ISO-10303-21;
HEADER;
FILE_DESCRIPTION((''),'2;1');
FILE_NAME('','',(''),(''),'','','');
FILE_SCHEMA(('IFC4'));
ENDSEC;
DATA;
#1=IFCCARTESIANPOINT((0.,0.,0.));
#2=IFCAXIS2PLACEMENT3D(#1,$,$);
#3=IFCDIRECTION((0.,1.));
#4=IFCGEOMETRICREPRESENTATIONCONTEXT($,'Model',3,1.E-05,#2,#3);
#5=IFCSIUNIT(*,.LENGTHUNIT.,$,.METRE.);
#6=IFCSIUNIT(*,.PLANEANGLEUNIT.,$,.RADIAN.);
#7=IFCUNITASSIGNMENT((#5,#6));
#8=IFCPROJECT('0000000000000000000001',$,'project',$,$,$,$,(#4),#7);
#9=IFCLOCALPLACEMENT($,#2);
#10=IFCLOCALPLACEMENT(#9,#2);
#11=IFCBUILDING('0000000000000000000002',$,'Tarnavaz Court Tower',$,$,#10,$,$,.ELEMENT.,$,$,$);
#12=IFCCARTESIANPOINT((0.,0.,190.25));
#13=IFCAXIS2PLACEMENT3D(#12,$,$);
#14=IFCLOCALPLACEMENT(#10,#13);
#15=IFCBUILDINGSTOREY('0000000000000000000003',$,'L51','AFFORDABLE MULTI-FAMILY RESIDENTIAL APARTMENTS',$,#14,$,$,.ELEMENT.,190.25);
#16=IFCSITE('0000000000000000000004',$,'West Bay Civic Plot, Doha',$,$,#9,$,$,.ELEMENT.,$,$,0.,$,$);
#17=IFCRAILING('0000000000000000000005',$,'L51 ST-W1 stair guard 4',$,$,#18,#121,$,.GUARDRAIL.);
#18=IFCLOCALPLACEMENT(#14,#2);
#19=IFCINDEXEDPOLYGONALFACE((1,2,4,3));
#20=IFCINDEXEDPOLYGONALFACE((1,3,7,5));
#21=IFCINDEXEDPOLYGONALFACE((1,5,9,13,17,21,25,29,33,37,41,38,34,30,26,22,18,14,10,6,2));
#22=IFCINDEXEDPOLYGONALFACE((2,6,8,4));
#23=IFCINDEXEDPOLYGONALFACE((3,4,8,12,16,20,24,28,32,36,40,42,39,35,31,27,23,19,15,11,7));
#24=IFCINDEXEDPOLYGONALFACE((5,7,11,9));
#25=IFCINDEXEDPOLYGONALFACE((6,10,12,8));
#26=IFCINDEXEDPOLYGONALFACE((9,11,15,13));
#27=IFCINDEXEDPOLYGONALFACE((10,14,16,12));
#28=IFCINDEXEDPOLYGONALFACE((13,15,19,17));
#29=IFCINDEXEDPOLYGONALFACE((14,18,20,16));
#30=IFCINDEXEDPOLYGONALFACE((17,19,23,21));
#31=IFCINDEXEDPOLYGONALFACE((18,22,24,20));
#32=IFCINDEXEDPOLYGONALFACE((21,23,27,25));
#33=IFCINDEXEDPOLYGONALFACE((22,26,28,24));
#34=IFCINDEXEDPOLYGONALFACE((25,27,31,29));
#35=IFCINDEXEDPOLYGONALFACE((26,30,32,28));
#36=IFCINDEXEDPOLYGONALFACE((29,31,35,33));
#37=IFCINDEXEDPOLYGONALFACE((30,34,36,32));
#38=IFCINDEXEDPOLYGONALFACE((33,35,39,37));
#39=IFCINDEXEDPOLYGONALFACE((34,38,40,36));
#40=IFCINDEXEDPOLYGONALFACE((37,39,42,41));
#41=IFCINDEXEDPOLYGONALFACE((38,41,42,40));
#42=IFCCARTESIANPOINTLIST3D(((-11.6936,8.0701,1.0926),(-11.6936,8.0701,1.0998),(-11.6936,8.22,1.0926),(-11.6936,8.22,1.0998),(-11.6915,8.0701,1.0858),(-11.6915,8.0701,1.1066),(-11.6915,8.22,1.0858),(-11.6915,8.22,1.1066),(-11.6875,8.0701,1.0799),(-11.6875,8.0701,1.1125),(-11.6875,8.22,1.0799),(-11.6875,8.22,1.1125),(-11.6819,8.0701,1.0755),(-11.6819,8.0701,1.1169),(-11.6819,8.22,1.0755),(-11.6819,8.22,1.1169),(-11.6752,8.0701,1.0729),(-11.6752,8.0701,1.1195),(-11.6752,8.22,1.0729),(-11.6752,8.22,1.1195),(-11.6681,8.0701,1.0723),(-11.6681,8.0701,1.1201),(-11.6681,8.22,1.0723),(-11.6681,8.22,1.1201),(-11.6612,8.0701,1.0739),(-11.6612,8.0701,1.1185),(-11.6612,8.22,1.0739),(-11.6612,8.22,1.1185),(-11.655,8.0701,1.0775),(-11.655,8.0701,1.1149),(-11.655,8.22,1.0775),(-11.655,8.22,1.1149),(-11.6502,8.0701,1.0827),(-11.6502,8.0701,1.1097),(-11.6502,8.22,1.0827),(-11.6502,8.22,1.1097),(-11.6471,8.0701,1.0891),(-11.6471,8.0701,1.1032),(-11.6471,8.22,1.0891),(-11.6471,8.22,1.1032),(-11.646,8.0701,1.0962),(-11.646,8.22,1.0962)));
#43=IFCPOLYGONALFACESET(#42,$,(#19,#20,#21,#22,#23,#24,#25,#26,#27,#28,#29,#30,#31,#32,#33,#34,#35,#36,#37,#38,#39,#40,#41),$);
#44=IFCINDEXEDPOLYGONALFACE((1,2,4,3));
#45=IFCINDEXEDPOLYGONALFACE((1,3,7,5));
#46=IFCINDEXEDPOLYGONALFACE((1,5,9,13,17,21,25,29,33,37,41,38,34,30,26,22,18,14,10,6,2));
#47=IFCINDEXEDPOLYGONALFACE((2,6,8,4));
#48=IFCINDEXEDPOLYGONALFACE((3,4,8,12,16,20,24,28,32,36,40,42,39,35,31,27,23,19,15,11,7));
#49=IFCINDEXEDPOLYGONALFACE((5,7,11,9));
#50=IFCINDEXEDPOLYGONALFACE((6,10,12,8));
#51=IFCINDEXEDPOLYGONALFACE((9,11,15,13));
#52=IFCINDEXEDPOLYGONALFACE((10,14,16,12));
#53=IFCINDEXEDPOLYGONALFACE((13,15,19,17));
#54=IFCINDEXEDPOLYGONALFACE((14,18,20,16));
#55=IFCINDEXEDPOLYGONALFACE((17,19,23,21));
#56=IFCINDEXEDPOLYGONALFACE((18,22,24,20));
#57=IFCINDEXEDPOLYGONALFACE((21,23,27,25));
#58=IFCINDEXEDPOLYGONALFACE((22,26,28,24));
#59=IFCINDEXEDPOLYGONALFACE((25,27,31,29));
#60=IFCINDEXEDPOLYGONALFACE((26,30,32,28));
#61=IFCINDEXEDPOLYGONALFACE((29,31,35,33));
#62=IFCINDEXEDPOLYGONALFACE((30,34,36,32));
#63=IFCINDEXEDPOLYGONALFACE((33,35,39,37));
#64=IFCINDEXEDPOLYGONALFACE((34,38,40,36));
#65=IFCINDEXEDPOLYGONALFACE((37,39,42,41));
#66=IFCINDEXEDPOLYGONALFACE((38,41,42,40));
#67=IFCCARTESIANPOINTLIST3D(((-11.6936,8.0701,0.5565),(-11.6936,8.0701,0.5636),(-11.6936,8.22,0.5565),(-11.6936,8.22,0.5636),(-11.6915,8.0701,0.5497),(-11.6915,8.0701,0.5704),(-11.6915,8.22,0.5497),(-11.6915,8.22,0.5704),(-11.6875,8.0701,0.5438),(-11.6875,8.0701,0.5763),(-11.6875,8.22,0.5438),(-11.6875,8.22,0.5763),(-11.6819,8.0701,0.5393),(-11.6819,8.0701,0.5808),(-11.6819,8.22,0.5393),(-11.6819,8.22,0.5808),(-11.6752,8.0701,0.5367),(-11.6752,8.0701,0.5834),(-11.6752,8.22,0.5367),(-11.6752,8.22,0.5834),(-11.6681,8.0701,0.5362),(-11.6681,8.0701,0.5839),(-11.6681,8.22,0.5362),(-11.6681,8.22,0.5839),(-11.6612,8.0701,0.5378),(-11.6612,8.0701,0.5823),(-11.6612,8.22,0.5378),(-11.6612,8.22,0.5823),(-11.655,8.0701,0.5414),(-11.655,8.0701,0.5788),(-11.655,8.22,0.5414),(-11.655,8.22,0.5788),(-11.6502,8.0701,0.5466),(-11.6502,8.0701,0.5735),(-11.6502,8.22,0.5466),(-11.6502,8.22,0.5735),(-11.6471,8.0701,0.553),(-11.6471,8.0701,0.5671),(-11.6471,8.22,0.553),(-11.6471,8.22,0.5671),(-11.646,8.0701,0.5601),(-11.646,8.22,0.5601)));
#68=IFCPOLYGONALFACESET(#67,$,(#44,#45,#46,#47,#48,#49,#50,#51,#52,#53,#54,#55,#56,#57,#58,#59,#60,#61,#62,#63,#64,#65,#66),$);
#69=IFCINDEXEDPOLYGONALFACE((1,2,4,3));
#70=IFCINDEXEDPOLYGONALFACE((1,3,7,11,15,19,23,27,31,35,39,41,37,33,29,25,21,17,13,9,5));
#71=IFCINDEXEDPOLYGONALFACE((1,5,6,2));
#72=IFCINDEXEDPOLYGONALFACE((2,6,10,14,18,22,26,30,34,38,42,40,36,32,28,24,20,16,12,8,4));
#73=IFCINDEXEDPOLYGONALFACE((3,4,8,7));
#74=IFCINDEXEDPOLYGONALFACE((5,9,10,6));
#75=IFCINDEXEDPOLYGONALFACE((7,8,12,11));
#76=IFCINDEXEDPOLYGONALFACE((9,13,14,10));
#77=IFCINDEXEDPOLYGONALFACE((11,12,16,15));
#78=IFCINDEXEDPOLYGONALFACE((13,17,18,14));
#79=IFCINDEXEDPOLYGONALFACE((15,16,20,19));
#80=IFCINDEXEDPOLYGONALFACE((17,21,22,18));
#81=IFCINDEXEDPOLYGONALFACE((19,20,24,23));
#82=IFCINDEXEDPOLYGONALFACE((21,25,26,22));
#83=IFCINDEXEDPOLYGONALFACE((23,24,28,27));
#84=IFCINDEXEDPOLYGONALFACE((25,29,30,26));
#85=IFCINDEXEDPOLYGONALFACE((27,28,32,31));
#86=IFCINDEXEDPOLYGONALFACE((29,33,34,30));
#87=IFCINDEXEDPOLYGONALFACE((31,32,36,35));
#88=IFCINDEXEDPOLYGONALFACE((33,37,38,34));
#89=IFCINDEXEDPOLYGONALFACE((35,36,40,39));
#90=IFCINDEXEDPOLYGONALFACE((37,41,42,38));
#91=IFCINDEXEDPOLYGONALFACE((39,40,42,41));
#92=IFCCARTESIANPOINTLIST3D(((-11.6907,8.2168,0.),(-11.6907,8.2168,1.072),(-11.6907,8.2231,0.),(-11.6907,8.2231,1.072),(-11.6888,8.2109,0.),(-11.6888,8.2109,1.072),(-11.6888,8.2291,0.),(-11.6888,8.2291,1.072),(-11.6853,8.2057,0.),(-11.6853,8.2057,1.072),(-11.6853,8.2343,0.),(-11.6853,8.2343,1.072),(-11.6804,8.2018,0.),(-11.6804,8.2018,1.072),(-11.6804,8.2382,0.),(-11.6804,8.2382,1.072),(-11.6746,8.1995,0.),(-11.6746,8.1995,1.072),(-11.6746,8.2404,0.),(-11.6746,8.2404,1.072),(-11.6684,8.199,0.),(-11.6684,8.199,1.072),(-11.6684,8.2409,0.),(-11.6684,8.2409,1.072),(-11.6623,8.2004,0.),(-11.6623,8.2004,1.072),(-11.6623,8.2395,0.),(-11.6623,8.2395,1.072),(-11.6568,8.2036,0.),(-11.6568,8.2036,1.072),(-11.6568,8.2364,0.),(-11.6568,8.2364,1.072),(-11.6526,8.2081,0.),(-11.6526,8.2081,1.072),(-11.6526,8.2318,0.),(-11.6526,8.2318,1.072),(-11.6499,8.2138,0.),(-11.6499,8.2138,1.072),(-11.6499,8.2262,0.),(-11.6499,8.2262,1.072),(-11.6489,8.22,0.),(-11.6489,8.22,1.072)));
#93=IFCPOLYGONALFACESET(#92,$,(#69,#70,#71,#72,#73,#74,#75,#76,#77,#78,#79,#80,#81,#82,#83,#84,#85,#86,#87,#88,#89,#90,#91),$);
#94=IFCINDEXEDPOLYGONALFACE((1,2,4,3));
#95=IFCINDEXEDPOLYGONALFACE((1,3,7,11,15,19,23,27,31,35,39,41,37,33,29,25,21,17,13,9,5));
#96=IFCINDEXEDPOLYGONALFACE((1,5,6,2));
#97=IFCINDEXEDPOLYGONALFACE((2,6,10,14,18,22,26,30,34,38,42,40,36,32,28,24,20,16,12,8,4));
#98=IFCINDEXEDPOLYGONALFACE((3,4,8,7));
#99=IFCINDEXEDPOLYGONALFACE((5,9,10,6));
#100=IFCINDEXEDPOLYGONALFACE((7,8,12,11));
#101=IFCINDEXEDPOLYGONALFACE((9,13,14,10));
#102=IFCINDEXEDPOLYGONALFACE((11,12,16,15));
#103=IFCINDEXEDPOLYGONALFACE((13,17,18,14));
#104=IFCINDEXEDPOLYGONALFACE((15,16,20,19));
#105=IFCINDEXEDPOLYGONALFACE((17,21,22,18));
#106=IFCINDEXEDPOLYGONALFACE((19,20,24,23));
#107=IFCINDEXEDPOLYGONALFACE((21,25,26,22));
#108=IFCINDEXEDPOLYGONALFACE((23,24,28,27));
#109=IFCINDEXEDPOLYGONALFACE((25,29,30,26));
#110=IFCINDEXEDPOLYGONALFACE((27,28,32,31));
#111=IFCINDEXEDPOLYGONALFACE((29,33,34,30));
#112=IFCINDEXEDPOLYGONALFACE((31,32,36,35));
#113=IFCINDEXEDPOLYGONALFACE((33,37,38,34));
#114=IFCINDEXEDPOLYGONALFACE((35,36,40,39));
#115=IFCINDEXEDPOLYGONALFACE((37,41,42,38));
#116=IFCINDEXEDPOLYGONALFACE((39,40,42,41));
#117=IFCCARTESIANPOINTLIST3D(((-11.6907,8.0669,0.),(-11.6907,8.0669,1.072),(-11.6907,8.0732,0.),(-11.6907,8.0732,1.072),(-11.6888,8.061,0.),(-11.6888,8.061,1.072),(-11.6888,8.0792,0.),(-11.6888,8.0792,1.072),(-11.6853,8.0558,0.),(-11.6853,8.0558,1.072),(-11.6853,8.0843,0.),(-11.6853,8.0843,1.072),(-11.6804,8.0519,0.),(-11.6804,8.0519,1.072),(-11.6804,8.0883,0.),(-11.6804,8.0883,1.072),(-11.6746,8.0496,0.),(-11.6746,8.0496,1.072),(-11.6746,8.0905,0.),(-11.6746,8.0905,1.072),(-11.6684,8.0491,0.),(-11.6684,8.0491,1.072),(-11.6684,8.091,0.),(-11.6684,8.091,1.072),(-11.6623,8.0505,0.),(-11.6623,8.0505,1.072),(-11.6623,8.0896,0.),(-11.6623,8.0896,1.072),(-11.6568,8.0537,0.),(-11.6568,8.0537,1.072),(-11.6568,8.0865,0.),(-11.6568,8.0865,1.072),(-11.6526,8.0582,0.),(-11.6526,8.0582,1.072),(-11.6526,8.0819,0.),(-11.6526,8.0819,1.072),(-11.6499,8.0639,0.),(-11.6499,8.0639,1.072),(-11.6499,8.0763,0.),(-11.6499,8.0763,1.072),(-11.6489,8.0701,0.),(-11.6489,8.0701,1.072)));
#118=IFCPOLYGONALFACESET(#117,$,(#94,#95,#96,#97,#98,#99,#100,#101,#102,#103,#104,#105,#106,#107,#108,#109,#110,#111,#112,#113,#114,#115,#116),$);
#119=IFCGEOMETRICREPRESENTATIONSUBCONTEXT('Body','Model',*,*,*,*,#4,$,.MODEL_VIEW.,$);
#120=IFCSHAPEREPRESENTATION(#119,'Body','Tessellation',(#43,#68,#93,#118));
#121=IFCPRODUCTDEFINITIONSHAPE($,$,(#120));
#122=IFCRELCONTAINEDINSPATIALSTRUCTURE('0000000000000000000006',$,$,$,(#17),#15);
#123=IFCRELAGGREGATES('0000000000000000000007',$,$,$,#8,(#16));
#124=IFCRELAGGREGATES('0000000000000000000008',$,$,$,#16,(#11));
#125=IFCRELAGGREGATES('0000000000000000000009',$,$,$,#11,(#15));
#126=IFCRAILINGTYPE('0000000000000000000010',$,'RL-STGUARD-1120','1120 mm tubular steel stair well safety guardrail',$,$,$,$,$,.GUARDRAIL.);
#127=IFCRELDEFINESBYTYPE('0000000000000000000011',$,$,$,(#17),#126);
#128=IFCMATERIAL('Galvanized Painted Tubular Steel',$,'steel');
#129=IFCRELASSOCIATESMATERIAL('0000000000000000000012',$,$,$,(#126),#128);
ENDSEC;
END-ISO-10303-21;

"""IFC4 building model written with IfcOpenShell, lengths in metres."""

from ifc_helpers import new_model, si_unit, direction, frame, origin, origin_2d, place, context, subcontext, project, spatial, circle, extrude, material, type_object, element, save


model = new_model("IFC4")

# Units and contexts
model_context = context("Model", 3, precision=1e-05, world=origin(), true_north=direction((0.0, 1.0)))
body_context = subcontext(model_context, "Body", "Model", "MODEL_VIEW")
ifc_project = project(units=[si_unit("LENGTHUNIT", "METRE"), si_unit("PLANEANGLEUNIT", "RADIAN")], contexts=[model_context])

# Site, building, storey
site_placement = place(None, origin())
site = spatial("IfcSite", under=ifc_project, at=site_placement, Name="West Bay Civic Plot, Doha", CompositionType="ELEMENT", RefElevation=0.0)
building_placement = place(site_placement, origin())
building = spatial("IfcBuilding", under=site, at=building_placement, Name="Tarnavaz Court Tower", CompositionType="ELEMENT")
storey_placement = place(building_placement, frame((0.0, 0.0, 190.25)))
storey = spatial("IfcBuildingStorey", under=building, at=storey_placement, Name="L51", Description="AFFORDABLE MULTI-FAMILY RESIDENTIAL APARTMENTS", CompositionType="ELEMENT", Elevation=190.25)

# Railing
ifc_material_1 = material(Name="Galvanized Painted Tubular Steel", Category="steel")
railing_type_1 = type_object("IfcRailingType", Name="RL-STGUARD-1120", Description="1120 mm tubular steel stair well safety guardrail", PredefinedType="GUARDRAIL", material=ifc_material_1)
railing_1_placement = place(storey_placement, frame((-11.6699, 8.22, 0.0)))
element("IfcRailing", 1, at=railing_1_placement, inside=storey, type_object=railing_type_1, Name="L51 ST-W1 stair guard 4", PredefinedType="GUARDRAIL", context=body_context, shape_type="SweptSolid", body=[
    extrude(circle(Radius=0.0239, at=origin_2d()), frame((0.0, 0.0, 1.0962), z_axis=(0.0, -1.0, 0.0), x_axis=(1.0, 0.0, 0.0)), (0.0, 0.0, 1.0), 0.1499),
    extrude(circle(Radius=0.0239, at=origin_2d()), frame((0.0, 0.0, 0.5601), z_axis=(0.0, -1.0, 0.0), x_axis=(1.0, 0.0, 0.0)), (0.0, 0.0, 1.0), 0.1499),
    extrude(circle(Radius=0.021, at=origin_2d()), origin(), (0.0, 0.0, 1.0), 1.072),
    extrude(circle(Radius=0.021, at=origin_2d()), frame((0.0, -0.1499, 0.0)), (0.0, 0.0, 1.0), 1.072),
])

save(model, "model.ifc")
